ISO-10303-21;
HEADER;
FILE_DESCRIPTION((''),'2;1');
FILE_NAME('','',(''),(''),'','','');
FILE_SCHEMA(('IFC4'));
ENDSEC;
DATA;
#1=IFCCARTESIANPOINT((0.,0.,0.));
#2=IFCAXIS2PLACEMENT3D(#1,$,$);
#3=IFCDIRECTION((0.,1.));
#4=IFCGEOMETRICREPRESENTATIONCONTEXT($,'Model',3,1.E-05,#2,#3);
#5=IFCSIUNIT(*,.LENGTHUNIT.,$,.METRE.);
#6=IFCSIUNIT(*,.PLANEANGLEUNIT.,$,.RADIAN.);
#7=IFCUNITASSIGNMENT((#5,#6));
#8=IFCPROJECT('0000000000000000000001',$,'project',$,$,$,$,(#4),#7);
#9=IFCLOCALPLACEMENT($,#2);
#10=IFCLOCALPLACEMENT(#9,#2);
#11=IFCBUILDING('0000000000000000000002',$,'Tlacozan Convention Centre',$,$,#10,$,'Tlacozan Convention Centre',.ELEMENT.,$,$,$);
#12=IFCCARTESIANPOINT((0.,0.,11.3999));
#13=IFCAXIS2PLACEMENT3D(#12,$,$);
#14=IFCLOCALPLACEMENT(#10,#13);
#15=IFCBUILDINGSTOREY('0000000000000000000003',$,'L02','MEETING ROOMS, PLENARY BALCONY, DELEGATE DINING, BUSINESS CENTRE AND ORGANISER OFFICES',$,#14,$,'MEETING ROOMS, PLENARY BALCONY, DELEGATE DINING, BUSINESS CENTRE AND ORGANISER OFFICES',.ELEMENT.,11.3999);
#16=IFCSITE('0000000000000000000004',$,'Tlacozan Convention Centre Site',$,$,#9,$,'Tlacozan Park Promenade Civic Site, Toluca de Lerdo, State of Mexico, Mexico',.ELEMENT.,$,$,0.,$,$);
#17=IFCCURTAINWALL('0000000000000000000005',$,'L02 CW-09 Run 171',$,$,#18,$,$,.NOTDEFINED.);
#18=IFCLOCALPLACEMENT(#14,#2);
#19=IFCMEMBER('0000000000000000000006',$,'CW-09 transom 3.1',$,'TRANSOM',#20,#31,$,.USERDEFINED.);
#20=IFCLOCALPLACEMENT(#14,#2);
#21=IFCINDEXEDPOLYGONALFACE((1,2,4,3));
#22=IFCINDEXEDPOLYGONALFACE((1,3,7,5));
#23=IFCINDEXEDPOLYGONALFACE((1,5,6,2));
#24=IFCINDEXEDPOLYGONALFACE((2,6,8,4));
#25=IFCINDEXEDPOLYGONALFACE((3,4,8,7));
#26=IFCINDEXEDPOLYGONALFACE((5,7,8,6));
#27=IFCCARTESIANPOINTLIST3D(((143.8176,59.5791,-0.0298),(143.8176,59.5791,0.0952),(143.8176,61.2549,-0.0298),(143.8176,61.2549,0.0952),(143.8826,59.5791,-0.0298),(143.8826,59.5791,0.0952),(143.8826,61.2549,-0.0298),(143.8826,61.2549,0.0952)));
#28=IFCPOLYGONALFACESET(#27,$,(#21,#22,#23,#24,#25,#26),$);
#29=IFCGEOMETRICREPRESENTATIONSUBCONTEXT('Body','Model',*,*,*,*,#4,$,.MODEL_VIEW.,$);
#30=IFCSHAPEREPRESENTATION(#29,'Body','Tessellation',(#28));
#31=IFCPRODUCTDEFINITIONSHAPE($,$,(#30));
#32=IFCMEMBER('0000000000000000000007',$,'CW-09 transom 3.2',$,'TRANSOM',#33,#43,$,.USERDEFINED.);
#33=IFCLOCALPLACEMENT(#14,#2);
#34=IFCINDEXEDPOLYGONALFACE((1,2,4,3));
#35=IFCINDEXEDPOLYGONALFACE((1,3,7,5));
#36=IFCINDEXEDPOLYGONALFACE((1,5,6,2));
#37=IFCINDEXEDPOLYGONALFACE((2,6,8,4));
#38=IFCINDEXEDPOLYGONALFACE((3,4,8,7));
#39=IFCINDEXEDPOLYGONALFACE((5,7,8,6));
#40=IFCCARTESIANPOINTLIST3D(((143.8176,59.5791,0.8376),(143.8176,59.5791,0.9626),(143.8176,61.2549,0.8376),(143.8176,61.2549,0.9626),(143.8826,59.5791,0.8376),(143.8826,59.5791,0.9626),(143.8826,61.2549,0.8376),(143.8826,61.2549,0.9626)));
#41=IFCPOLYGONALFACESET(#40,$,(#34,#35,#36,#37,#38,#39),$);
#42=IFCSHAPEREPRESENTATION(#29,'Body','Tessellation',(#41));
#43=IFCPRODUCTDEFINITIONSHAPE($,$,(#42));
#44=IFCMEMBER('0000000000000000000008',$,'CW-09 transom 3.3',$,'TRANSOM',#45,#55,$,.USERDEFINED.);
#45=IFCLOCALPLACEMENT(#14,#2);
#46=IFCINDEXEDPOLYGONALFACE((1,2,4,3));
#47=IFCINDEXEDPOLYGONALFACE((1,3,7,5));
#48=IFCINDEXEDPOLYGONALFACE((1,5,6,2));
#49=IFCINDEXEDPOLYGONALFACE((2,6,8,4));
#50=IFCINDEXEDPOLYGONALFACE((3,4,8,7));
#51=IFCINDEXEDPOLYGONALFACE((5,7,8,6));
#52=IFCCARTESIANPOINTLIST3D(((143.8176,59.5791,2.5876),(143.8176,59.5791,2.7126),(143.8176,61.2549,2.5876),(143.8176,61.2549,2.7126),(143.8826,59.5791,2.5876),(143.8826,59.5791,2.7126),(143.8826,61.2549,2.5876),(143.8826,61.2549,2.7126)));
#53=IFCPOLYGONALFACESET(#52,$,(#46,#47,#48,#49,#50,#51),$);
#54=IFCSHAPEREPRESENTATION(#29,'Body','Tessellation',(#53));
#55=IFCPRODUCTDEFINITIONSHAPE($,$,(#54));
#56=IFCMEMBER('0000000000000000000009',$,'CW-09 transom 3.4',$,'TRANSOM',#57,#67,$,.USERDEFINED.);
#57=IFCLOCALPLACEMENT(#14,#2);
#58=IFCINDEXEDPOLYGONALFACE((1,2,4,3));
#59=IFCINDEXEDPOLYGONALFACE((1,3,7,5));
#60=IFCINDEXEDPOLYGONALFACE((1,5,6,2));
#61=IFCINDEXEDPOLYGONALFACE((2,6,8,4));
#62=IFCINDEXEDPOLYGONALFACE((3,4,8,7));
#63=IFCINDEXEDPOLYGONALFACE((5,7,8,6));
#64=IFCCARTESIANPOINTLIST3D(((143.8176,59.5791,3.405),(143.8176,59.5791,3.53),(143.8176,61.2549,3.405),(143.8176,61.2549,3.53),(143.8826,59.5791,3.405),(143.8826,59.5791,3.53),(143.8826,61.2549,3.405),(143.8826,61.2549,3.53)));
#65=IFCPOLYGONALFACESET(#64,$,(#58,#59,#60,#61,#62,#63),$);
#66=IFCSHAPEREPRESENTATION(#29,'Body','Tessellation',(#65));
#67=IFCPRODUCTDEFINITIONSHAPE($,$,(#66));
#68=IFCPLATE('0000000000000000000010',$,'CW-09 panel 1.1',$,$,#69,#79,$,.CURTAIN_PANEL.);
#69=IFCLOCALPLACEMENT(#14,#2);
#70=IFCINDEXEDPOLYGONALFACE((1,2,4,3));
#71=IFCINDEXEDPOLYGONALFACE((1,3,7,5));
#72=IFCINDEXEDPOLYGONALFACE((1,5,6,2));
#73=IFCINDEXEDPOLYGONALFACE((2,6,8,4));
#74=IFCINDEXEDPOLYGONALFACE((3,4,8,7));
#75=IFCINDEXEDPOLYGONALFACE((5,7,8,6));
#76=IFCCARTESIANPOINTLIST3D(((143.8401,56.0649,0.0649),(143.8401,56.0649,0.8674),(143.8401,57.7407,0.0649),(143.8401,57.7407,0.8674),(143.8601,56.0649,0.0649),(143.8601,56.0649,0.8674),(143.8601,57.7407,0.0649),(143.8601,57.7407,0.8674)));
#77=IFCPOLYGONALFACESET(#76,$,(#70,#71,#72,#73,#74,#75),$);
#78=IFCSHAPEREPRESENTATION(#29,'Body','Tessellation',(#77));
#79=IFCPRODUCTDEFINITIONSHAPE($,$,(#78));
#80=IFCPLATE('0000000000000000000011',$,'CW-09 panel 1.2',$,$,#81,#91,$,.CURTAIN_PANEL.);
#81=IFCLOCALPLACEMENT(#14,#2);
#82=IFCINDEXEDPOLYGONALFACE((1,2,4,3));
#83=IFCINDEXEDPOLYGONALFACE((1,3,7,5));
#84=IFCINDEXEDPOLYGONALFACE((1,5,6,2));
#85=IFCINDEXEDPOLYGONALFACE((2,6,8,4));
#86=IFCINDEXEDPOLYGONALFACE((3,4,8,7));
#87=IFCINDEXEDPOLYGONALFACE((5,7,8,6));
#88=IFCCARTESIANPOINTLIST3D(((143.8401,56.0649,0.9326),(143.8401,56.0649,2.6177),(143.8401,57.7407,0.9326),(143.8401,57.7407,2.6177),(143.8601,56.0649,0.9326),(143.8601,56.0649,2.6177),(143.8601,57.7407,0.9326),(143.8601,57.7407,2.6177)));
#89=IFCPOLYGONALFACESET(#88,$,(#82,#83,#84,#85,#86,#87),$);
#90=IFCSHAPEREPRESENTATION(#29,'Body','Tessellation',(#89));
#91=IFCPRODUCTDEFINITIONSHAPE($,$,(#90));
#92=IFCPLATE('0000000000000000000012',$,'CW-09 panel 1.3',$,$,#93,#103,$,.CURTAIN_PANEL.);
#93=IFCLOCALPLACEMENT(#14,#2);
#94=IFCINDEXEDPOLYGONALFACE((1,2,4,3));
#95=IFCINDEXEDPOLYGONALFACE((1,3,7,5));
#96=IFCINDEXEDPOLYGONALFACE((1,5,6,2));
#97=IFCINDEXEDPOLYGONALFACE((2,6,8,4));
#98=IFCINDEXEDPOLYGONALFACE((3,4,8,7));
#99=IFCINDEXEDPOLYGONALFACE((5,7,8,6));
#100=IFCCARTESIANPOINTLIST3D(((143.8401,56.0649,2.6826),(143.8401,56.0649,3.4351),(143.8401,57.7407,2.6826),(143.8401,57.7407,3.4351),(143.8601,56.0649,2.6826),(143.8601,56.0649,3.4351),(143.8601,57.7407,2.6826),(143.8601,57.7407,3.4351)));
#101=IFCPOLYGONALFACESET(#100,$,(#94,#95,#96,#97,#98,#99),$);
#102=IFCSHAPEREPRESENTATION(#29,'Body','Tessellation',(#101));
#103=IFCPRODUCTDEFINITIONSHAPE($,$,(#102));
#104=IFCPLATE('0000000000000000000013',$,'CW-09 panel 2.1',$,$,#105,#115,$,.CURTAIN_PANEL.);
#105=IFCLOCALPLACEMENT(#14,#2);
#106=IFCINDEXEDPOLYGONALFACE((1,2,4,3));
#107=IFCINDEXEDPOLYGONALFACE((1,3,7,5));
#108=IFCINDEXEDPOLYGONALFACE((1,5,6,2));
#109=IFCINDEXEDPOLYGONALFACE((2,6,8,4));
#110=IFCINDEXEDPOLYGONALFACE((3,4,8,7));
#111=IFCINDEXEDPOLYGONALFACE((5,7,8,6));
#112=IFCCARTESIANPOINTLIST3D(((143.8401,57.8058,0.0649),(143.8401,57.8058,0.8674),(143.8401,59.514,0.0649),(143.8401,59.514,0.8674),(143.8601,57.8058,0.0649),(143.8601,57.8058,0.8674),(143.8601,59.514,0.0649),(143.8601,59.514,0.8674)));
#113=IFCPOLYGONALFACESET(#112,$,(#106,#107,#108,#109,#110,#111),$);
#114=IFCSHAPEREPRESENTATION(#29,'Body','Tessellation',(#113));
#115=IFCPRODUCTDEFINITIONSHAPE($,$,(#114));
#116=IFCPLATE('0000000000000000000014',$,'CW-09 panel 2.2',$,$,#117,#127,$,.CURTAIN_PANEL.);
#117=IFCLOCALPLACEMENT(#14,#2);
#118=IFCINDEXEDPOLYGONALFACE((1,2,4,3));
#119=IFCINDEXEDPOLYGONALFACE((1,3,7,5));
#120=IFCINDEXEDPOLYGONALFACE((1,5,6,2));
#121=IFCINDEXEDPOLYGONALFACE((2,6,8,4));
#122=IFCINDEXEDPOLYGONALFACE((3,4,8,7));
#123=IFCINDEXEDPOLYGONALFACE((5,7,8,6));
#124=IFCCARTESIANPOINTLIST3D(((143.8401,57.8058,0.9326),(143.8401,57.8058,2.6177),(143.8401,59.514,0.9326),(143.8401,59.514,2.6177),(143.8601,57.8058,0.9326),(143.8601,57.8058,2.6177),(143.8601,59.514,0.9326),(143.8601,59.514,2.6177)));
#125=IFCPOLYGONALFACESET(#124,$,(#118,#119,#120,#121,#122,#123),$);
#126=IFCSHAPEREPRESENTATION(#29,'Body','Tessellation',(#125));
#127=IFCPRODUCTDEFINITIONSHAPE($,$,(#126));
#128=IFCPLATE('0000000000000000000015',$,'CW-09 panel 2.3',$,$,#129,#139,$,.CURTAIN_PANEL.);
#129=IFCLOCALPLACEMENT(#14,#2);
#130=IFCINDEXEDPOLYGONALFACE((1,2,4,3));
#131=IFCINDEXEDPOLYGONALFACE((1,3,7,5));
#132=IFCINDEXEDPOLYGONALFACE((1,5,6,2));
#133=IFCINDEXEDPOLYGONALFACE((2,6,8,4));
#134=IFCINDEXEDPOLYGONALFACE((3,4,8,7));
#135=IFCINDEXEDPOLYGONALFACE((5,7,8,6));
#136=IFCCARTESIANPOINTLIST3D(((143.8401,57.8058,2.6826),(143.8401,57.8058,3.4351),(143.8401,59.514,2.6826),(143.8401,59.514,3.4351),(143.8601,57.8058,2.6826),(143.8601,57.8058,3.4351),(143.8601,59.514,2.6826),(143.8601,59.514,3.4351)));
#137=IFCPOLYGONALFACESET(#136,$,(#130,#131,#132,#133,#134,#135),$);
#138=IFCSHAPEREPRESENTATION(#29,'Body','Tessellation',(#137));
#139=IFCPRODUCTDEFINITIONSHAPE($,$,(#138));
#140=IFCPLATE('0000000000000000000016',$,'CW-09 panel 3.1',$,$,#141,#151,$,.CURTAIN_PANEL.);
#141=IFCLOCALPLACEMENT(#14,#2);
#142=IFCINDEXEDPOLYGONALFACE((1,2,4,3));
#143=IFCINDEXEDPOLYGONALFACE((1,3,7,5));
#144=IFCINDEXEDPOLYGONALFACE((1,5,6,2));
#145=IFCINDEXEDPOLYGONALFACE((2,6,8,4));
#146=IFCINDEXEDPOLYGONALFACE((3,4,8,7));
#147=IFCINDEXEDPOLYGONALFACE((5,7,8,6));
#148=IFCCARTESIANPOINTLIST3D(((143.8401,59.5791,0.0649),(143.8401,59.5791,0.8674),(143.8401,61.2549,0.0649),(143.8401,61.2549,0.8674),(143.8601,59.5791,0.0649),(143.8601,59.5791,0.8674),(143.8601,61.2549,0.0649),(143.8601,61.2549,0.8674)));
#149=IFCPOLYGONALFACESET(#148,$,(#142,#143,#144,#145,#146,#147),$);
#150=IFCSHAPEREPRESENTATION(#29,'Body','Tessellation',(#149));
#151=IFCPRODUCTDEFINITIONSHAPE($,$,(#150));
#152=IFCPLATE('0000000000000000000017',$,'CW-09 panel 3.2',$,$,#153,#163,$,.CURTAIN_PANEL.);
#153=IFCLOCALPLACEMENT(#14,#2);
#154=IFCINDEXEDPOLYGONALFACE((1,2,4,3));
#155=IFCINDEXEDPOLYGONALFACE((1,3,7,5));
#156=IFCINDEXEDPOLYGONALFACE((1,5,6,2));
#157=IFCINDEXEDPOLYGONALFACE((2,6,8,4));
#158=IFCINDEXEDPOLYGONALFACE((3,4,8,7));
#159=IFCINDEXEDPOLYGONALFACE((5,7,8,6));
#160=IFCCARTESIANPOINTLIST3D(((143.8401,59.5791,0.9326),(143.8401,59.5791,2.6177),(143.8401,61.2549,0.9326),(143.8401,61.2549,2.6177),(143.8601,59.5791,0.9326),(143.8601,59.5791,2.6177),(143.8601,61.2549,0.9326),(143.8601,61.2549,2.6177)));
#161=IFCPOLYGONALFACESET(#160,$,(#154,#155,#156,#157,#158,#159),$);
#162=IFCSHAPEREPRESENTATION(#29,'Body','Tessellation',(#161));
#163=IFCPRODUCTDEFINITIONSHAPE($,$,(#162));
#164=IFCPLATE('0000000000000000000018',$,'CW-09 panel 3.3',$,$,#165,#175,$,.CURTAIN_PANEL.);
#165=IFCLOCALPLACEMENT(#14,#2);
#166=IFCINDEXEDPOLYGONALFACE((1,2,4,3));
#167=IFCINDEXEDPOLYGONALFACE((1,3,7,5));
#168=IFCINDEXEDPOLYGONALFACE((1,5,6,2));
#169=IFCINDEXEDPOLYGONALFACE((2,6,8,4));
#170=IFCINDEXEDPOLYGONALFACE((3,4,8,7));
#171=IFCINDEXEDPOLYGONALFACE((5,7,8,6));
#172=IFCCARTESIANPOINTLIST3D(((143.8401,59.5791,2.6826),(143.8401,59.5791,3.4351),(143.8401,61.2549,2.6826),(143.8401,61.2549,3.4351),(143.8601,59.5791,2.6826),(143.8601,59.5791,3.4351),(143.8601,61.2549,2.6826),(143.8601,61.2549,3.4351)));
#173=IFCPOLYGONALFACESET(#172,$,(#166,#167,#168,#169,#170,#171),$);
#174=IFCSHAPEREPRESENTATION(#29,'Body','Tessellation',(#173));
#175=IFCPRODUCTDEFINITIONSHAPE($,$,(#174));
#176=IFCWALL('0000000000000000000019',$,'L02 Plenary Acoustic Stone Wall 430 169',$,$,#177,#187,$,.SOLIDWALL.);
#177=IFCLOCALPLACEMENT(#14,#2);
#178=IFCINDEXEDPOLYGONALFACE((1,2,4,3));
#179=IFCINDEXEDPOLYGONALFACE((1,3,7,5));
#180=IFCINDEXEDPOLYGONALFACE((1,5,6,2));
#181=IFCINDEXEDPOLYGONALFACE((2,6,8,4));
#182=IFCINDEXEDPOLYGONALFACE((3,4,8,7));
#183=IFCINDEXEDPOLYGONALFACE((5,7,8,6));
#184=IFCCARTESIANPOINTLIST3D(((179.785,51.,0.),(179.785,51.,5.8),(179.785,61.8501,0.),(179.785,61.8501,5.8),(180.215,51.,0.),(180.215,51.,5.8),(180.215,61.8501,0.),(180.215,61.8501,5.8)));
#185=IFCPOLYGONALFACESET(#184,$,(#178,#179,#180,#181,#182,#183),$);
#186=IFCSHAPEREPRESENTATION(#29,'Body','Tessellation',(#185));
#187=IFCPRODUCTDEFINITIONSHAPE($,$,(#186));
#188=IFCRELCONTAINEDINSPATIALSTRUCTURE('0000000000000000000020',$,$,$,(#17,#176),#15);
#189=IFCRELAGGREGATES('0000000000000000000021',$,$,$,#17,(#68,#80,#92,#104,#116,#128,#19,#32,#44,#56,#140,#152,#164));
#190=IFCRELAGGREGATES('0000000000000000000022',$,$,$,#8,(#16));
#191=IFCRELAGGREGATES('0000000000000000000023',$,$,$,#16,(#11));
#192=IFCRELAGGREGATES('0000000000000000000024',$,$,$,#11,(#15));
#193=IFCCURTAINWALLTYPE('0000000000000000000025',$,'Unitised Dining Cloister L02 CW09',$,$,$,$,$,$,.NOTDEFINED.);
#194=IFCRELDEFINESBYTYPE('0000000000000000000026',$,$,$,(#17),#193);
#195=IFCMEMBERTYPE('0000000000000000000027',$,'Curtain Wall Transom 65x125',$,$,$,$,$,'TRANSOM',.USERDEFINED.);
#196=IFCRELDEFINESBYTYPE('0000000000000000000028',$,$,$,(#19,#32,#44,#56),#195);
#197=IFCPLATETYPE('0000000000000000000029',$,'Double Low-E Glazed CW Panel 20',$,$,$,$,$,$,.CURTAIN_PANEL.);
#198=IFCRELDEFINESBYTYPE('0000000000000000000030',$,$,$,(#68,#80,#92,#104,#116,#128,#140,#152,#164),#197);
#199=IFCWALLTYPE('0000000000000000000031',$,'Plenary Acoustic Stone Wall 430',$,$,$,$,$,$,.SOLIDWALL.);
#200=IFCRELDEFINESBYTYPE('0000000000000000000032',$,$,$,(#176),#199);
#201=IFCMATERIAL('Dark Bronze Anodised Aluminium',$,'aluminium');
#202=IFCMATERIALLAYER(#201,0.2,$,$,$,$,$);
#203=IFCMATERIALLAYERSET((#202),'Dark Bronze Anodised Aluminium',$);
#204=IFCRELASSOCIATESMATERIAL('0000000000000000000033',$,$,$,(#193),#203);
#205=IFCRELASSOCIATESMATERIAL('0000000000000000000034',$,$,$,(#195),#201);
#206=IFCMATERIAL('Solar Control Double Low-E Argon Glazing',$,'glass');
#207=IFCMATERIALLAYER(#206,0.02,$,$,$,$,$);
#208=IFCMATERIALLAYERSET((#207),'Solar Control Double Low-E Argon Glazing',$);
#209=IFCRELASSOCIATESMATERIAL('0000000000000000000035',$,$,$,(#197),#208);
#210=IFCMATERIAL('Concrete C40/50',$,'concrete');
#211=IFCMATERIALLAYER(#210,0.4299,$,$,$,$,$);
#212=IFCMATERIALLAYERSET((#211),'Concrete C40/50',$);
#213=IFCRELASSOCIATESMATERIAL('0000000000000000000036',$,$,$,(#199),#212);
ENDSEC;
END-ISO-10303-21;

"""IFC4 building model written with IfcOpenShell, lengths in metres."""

from ifc_helpers import new_model, si_unit, direction, frame, frame_2d, origin, origin_2d, place, context, subcontext, project, spatial, rectangle, extrude, material, layer, layer_set, material_profile, profile_set, type_object, element, aggregate, save


model = new_model("IFC4")

# Units and contexts
model_context = context("Model", 3, precision=1e-05, world=origin(), true_north=direction((0.0, 1.0)))
body_context = subcontext(model_context, "Body", "Model", "MODEL_VIEW")
ifc_project = project(units=[si_unit("LENGTHUNIT", "METRE"), si_unit("PLANEANGLEUNIT", "RADIAN")], contexts=[model_context])

# Site, building, storey
site_placement = place(None, origin())
site = spatial("IfcSite", under=ifc_project, at=site_placement, Name="Tlacozan Convention Centre Site", LongName="Tlacozan Park Promenade Civic Site, Toluca de Lerdo, State of Mexico, Mexico", CompositionType="ELEMENT", RefElevation=0.0)
building_placement = place(site_placement, origin())
building = spatial("IfcBuilding", under=site, at=building_placement, Name="Tlacozan Convention Centre", LongName="Tlacozan Convention Centre", CompositionType="ELEMENT")
storey_placement = place(building_placement, frame((0.0, 0.0, 11.3999)))
storey = spatial("IfcBuildingStorey", under=building, at=storey_placement, Name="L02", Description="MEETING ROOMS, PLENARY BALCONY, DELEGATE DINING, BUSINESS CENTRE AND ORGANISER OFFICES", LongName="MEETING ROOMS, PLENARY BALCONY, DELEGATE DINING, BUSINESS CENTRE AND ORGANISER OFFICES", CompositionType="ELEMENT", Elevation=11.3999)

# Shared definitions
ifc_material_1 = material(Name="Concrete C40/50", Category="concrete")

# Curtain wall, members, plates
ifc_material_2 = material(Name="Dark Bronze Anodised Aluminium", Category="aluminium")
ifc_layer_1 = layer(ifc_material_2, 0.2)
ifc_layer_set_1 = layer_set([ifc_layer_1], Name="Dark Bronze Anodised Aluminium")
curtain_wall_type = type_object("IfcCurtainWallType", Name="Unitised Dining Cloister L02 CW09", PredefinedType="NOTDEFINED", material=ifc_layer_set_1)
curtain_wall_placement = place(storey_placement, origin())
curtain_wall = element("IfcCurtainWall", 1, at=curtain_wall_placement, inside=storey, type_object=curtain_wall_type, Name="L02 CW-09 Run 171", PredefinedType="NOTDEFINED")
ifc_material_profile_1 = material_profile(ifc_material_2, rectangle(XDim=0.0649, YDim=0.125, at=origin_2d()), Name="ALU 65x125")
ifc_profile_set_1 = profile_set([ifc_material_profile_1], Name="Dark Bronze Anodised Aluminium")
member_type_1 = type_object("IfcMemberType", Name="Curtain Wall Transom 65x125", ElementType="TRANSOM", PredefinedType="USERDEFINED", material=ifc_profile_set_1)
member_1_placement = place(storey_placement, frame((143.8501, 59.5791, 0.0327), z_axis=(0.0, 1.0, 0.0), x_axis=(-1.0, 0.0, 0.0)))
member_1 = element("IfcMember", 2, at=member_1_placement, type_object=member_type_1, Name="CW-09 transom 3.1", ObjectType="TRANSOM", PredefinedType="USERDEFINED", context=body_context, shape_type="SweptSolid", body=[
    extrude(rectangle(XDim=0.0649, YDim=0.125, at=origin_2d()), origin(), (0.0, 0.0, 1.0), 1.6758),
])
member_2_placement = place(storey_placement, frame((143.8501, 59.5791, 0.9001), z_axis=(0.0, 1.0, 0.0), x_axis=(-1.0, 0.0, 0.0)))
member_2 = element("IfcMember", 3, at=member_2_placement, type_object=member_type_1, Name="CW-09 transom 3.2", ObjectType="TRANSOM", PredefinedType="USERDEFINED", context=body_context, shape_type="SweptSolid", body=[
    extrude(rectangle(XDim=0.0649, YDim=0.125, at=origin_2d()), origin(), (0.0, 0.0, 1.0), 1.6758),
])
member_3_placement = place(storey_placement, frame((143.8501, 59.5791, 2.6501), z_axis=(0.0, 1.0, 0.0), x_axis=(-1.0, 0.0, 0.0)))
member_3 = element("IfcMember", 4, at=member_3_placement, type_object=member_type_1, Name="CW-09 transom 3.3", ObjectType="TRANSOM", PredefinedType="USERDEFINED", context=body_context, shape_type="SweptSolid", body=[
    extrude(rectangle(XDim=0.0649, YDim=0.125, at=origin_2d()), origin(), (0.0, 0.0, 1.0), 1.6758),
])
member_4_placement = place(storey_placement, frame((143.8501, 59.5791, 3.4675), z_axis=(0.0, 1.0, 0.0), x_axis=(-1.0, 0.0, 0.0)))
member_4 = element("IfcMember", 5, at=member_4_placement, type_object=member_type_1, Name="CW-09 transom 3.4", ObjectType="TRANSOM", PredefinedType="USERDEFINED", context=body_context, shape_type="SweptSolid", body=[
    extrude(rectangle(XDim=0.0649, YDim=0.125, at=origin_2d()), origin(), (0.0, 0.0, 1.0), 1.6758),
])
ifc_material_3 = material(Name="Solar Control Double Low-E Argon Glazing", Category="glass")
ifc_layer_2 = layer(ifc_material_3, 0.02)
ifc_layer_set_2 = layer_set([ifc_layer_2], Name="Solar Control Double Low-E Argon Glazing")
plate_type = type_object("IfcPlateType", Name="Double Low-E Glazed CW Panel 20", PredefinedType="CURTAIN_PANEL", material=ifc_layer_set_2)
plate_1_placement = place(storey_placement, frame((143.8501, 56.9028, 0.0649), z_axis=(0.0, 0.0, 1.0), x_axis=(0.0, 1.0, 0.0)))
plate_1 = element("IfcPlate", 6, at=plate_1_placement, type_object=plate_type, Name="CW-09 panel 1.1", PredefinedType="CURTAIN_PANEL", context=body_context, shape_type="SweptSolid", body=[
    extrude(rectangle(XDim=1.6758, YDim=0.02, at=origin_2d()), origin(), (0.0, 0.0, 1.0), 0.8025),
])
plate_2_placement = place(storey_placement, frame((143.8501, 56.9028, 0.9326), z_axis=(0.0, 0.0, 1.0), x_axis=(0.0, 1.0, 0.0)))
plate_2 = element("IfcPlate", 7, at=plate_2_placement, type_object=plate_type, Name="CW-09 panel 1.2", PredefinedType="CURTAIN_PANEL", context=body_context, shape_type="SweptSolid", body=[
    extrude(rectangle(XDim=1.6758, YDim=0.02, at=origin_2d()), origin(), (0.0, 0.0, 1.0), 1.6851),
])
plate_3_placement = place(storey_placement, frame((143.8501, 56.9028, 2.6826), z_axis=(0.0, 0.0, 1.0), x_axis=(0.0, 1.0, 0.0)))
plate_3 = element("IfcPlate", 8, at=plate_3_placement, type_object=plate_type, Name="CW-09 panel 1.3", PredefinedType="CURTAIN_PANEL", context=body_context, shape_type="SweptSolid", body=[
    extrude(rectangle(XDim=1.6758, YDim=0.02, at=origin_2d()), origin(), (0.0, 0.0, 1.0), 0.7524),
])
plate_4_placement = place(storey_placement, frame((143.8501, 58.6599, 0.0649), z_axis=(0.0, 0.0, 1.0), x_axis=(0.0, 1.0, 0.0)))
plate_4 = element("IfcPlate", 9, at=plate_4_placement, type_object=plate_type, Name="CW-09 panel 2.1", PredefinedType="CURTAIN_PANEL", context=body_context, shape_type="SweptSolid", body=[
    extrude(rectangle(XDim=1.7083, YDim=0.02, at=origin_2d()), origin(), (0.0, 0.0, 1.0), 0.8025),
])
plate_5_placement = place(storey_placement, frame((143.8501, 58.6599, 0.9326), z_axis=(0.0, 0.0, 1.0), x_axis=(0.0, 1.0, 0.0)))
plate_5 = element("IfcPlate", 10, at=plate_5_placement, type_object=plate_type, Name="CW-09 panel 2.2", PredefinedType="CURTAIN_PANEL", context=body_context, shape_type="SweptSolid", body=[
    extrude(rectangle(XDim=1.7083, YDim=0.02, at=origin_2d()), origin(), (0.0, 0.0, 1.0), 1.6851),
])
plate_6_placement = place(storey_placement, frame((143.8501, 58.6599, 2.6826), z_axis=(0.0, 0.0, 1.0), x_axis=(0.0, 1.0, 0.0)))
plate_6 = element("IfcPlate", 11, at=plate_6_placement, type_object=plate_type, Name="CW-09 panel 2.3", PredefinedType="CURTAIN_PANEL", context=body_context, shape_type="SweptSolid", body=[
    extrude(rectangle(XDim=1.7083, YDim=0.02, at=origin_2d()), origin(), (0.0, 0.0, 1.0), 0.7524),
])
plate_7_placement = place(storey_placement, frame((143.8501, 60.417, 0.0649), z_axis=(0.0, 0.0, 1.0), x_axis=(0.0, 1.0, 0.0)))
plate_7 = element("IfcPlate", 12, at=plate_7_placement, type_object=plate_type, Name="CW-09 panel 3.1", PredefinedType="CURTAIN_PANEL", context=body_context, shape_type="SweptSolid", body=[
    extrude(rectangle(XDim=1.6758, YDim=0.02, at=origin_2d()), origin(), (0.0, 0.0, 1.0), 0.8025),
])
plate_8_placement = place(storey_placement, frame((143.8501, 60.417, 0.9326), z_axis=(0.0, 0.0, 1.0), x_axis=(0.0, 1.0, 0.0)))
plate_8 = element("IfcPlate", 13, at=plate_8_placement, type_object=plate_type, Name="CW-09 panel 3.2", PredefinedType="CURTAIN_PANEL", context=body_context, shape_type="SweptSolid", body=[
    extrude(rectangle(XDim=1.6758, YDim=0.02, at=origin_2d()), origin(), (0.0, 0.0, 1.0), 1.6851),
])
plate_9_placement = place(storey_placement, frame((143.8501, 60.417, 2.6826), z_axis=(0.0, 0.0, 1.0), x_axis=(0.0, 1.0, 0.0)))
plate_9 = element("IfcPlate", 14, at=plate_9_placement, type_object=plate_type, Name="CW-09 panel 3.3", PredefinedType="CURTAIN_PANEL", context=body_context, shape_type="SweptSolid", body=[
    extrude(rectangle(XDim=1.6758, YDim=0.02, at=origin_2d()), origin(), (0.0, 0.0, 1.0), 0.7524),
])
aggregate(curtain_wall, [plate_1, plate_2, plate_3, plate_4, plate_5, plate_6, member_1, member_2, member_3, member_4, plate_7, plate_8, plate_9])

# Wall
ifc_layer_3 = layer(ifc_material_1, 0.4299)
ifc_layer_set_3 = layer_set([ifc_layer_3], Name="Concrete C40/50")
wall_type = type_object("IfcWallType", Name="Plenary Acoustic Stone Wall 430", PredefinedType="SOLIDWALL", material=ifc_layer_set_3)
wall_placement = place(storey_placement, frame((180.0, 51.0, 0.0), z_axis=(0.0, 0.0, 1.0), x_axis=(0.0, 1.0, 0.0)))
element("IfcWall", 15, at=wall_placement, inside=storey, type_object=wall_type, Name="L02 Plenary Acoustic Stone Wall 430 169", PredefinedType="SOLIDWALL", context=body_context, shape_type="SweptSolid", body=[
    extrude(rectangle(XDim=10.8501, YDim=0.4299, at=frame_2d((5.425, 0.0))), origin(), (0.0, 0.0, 1.0), 5.8),
])

save(model, "model.ifc")
